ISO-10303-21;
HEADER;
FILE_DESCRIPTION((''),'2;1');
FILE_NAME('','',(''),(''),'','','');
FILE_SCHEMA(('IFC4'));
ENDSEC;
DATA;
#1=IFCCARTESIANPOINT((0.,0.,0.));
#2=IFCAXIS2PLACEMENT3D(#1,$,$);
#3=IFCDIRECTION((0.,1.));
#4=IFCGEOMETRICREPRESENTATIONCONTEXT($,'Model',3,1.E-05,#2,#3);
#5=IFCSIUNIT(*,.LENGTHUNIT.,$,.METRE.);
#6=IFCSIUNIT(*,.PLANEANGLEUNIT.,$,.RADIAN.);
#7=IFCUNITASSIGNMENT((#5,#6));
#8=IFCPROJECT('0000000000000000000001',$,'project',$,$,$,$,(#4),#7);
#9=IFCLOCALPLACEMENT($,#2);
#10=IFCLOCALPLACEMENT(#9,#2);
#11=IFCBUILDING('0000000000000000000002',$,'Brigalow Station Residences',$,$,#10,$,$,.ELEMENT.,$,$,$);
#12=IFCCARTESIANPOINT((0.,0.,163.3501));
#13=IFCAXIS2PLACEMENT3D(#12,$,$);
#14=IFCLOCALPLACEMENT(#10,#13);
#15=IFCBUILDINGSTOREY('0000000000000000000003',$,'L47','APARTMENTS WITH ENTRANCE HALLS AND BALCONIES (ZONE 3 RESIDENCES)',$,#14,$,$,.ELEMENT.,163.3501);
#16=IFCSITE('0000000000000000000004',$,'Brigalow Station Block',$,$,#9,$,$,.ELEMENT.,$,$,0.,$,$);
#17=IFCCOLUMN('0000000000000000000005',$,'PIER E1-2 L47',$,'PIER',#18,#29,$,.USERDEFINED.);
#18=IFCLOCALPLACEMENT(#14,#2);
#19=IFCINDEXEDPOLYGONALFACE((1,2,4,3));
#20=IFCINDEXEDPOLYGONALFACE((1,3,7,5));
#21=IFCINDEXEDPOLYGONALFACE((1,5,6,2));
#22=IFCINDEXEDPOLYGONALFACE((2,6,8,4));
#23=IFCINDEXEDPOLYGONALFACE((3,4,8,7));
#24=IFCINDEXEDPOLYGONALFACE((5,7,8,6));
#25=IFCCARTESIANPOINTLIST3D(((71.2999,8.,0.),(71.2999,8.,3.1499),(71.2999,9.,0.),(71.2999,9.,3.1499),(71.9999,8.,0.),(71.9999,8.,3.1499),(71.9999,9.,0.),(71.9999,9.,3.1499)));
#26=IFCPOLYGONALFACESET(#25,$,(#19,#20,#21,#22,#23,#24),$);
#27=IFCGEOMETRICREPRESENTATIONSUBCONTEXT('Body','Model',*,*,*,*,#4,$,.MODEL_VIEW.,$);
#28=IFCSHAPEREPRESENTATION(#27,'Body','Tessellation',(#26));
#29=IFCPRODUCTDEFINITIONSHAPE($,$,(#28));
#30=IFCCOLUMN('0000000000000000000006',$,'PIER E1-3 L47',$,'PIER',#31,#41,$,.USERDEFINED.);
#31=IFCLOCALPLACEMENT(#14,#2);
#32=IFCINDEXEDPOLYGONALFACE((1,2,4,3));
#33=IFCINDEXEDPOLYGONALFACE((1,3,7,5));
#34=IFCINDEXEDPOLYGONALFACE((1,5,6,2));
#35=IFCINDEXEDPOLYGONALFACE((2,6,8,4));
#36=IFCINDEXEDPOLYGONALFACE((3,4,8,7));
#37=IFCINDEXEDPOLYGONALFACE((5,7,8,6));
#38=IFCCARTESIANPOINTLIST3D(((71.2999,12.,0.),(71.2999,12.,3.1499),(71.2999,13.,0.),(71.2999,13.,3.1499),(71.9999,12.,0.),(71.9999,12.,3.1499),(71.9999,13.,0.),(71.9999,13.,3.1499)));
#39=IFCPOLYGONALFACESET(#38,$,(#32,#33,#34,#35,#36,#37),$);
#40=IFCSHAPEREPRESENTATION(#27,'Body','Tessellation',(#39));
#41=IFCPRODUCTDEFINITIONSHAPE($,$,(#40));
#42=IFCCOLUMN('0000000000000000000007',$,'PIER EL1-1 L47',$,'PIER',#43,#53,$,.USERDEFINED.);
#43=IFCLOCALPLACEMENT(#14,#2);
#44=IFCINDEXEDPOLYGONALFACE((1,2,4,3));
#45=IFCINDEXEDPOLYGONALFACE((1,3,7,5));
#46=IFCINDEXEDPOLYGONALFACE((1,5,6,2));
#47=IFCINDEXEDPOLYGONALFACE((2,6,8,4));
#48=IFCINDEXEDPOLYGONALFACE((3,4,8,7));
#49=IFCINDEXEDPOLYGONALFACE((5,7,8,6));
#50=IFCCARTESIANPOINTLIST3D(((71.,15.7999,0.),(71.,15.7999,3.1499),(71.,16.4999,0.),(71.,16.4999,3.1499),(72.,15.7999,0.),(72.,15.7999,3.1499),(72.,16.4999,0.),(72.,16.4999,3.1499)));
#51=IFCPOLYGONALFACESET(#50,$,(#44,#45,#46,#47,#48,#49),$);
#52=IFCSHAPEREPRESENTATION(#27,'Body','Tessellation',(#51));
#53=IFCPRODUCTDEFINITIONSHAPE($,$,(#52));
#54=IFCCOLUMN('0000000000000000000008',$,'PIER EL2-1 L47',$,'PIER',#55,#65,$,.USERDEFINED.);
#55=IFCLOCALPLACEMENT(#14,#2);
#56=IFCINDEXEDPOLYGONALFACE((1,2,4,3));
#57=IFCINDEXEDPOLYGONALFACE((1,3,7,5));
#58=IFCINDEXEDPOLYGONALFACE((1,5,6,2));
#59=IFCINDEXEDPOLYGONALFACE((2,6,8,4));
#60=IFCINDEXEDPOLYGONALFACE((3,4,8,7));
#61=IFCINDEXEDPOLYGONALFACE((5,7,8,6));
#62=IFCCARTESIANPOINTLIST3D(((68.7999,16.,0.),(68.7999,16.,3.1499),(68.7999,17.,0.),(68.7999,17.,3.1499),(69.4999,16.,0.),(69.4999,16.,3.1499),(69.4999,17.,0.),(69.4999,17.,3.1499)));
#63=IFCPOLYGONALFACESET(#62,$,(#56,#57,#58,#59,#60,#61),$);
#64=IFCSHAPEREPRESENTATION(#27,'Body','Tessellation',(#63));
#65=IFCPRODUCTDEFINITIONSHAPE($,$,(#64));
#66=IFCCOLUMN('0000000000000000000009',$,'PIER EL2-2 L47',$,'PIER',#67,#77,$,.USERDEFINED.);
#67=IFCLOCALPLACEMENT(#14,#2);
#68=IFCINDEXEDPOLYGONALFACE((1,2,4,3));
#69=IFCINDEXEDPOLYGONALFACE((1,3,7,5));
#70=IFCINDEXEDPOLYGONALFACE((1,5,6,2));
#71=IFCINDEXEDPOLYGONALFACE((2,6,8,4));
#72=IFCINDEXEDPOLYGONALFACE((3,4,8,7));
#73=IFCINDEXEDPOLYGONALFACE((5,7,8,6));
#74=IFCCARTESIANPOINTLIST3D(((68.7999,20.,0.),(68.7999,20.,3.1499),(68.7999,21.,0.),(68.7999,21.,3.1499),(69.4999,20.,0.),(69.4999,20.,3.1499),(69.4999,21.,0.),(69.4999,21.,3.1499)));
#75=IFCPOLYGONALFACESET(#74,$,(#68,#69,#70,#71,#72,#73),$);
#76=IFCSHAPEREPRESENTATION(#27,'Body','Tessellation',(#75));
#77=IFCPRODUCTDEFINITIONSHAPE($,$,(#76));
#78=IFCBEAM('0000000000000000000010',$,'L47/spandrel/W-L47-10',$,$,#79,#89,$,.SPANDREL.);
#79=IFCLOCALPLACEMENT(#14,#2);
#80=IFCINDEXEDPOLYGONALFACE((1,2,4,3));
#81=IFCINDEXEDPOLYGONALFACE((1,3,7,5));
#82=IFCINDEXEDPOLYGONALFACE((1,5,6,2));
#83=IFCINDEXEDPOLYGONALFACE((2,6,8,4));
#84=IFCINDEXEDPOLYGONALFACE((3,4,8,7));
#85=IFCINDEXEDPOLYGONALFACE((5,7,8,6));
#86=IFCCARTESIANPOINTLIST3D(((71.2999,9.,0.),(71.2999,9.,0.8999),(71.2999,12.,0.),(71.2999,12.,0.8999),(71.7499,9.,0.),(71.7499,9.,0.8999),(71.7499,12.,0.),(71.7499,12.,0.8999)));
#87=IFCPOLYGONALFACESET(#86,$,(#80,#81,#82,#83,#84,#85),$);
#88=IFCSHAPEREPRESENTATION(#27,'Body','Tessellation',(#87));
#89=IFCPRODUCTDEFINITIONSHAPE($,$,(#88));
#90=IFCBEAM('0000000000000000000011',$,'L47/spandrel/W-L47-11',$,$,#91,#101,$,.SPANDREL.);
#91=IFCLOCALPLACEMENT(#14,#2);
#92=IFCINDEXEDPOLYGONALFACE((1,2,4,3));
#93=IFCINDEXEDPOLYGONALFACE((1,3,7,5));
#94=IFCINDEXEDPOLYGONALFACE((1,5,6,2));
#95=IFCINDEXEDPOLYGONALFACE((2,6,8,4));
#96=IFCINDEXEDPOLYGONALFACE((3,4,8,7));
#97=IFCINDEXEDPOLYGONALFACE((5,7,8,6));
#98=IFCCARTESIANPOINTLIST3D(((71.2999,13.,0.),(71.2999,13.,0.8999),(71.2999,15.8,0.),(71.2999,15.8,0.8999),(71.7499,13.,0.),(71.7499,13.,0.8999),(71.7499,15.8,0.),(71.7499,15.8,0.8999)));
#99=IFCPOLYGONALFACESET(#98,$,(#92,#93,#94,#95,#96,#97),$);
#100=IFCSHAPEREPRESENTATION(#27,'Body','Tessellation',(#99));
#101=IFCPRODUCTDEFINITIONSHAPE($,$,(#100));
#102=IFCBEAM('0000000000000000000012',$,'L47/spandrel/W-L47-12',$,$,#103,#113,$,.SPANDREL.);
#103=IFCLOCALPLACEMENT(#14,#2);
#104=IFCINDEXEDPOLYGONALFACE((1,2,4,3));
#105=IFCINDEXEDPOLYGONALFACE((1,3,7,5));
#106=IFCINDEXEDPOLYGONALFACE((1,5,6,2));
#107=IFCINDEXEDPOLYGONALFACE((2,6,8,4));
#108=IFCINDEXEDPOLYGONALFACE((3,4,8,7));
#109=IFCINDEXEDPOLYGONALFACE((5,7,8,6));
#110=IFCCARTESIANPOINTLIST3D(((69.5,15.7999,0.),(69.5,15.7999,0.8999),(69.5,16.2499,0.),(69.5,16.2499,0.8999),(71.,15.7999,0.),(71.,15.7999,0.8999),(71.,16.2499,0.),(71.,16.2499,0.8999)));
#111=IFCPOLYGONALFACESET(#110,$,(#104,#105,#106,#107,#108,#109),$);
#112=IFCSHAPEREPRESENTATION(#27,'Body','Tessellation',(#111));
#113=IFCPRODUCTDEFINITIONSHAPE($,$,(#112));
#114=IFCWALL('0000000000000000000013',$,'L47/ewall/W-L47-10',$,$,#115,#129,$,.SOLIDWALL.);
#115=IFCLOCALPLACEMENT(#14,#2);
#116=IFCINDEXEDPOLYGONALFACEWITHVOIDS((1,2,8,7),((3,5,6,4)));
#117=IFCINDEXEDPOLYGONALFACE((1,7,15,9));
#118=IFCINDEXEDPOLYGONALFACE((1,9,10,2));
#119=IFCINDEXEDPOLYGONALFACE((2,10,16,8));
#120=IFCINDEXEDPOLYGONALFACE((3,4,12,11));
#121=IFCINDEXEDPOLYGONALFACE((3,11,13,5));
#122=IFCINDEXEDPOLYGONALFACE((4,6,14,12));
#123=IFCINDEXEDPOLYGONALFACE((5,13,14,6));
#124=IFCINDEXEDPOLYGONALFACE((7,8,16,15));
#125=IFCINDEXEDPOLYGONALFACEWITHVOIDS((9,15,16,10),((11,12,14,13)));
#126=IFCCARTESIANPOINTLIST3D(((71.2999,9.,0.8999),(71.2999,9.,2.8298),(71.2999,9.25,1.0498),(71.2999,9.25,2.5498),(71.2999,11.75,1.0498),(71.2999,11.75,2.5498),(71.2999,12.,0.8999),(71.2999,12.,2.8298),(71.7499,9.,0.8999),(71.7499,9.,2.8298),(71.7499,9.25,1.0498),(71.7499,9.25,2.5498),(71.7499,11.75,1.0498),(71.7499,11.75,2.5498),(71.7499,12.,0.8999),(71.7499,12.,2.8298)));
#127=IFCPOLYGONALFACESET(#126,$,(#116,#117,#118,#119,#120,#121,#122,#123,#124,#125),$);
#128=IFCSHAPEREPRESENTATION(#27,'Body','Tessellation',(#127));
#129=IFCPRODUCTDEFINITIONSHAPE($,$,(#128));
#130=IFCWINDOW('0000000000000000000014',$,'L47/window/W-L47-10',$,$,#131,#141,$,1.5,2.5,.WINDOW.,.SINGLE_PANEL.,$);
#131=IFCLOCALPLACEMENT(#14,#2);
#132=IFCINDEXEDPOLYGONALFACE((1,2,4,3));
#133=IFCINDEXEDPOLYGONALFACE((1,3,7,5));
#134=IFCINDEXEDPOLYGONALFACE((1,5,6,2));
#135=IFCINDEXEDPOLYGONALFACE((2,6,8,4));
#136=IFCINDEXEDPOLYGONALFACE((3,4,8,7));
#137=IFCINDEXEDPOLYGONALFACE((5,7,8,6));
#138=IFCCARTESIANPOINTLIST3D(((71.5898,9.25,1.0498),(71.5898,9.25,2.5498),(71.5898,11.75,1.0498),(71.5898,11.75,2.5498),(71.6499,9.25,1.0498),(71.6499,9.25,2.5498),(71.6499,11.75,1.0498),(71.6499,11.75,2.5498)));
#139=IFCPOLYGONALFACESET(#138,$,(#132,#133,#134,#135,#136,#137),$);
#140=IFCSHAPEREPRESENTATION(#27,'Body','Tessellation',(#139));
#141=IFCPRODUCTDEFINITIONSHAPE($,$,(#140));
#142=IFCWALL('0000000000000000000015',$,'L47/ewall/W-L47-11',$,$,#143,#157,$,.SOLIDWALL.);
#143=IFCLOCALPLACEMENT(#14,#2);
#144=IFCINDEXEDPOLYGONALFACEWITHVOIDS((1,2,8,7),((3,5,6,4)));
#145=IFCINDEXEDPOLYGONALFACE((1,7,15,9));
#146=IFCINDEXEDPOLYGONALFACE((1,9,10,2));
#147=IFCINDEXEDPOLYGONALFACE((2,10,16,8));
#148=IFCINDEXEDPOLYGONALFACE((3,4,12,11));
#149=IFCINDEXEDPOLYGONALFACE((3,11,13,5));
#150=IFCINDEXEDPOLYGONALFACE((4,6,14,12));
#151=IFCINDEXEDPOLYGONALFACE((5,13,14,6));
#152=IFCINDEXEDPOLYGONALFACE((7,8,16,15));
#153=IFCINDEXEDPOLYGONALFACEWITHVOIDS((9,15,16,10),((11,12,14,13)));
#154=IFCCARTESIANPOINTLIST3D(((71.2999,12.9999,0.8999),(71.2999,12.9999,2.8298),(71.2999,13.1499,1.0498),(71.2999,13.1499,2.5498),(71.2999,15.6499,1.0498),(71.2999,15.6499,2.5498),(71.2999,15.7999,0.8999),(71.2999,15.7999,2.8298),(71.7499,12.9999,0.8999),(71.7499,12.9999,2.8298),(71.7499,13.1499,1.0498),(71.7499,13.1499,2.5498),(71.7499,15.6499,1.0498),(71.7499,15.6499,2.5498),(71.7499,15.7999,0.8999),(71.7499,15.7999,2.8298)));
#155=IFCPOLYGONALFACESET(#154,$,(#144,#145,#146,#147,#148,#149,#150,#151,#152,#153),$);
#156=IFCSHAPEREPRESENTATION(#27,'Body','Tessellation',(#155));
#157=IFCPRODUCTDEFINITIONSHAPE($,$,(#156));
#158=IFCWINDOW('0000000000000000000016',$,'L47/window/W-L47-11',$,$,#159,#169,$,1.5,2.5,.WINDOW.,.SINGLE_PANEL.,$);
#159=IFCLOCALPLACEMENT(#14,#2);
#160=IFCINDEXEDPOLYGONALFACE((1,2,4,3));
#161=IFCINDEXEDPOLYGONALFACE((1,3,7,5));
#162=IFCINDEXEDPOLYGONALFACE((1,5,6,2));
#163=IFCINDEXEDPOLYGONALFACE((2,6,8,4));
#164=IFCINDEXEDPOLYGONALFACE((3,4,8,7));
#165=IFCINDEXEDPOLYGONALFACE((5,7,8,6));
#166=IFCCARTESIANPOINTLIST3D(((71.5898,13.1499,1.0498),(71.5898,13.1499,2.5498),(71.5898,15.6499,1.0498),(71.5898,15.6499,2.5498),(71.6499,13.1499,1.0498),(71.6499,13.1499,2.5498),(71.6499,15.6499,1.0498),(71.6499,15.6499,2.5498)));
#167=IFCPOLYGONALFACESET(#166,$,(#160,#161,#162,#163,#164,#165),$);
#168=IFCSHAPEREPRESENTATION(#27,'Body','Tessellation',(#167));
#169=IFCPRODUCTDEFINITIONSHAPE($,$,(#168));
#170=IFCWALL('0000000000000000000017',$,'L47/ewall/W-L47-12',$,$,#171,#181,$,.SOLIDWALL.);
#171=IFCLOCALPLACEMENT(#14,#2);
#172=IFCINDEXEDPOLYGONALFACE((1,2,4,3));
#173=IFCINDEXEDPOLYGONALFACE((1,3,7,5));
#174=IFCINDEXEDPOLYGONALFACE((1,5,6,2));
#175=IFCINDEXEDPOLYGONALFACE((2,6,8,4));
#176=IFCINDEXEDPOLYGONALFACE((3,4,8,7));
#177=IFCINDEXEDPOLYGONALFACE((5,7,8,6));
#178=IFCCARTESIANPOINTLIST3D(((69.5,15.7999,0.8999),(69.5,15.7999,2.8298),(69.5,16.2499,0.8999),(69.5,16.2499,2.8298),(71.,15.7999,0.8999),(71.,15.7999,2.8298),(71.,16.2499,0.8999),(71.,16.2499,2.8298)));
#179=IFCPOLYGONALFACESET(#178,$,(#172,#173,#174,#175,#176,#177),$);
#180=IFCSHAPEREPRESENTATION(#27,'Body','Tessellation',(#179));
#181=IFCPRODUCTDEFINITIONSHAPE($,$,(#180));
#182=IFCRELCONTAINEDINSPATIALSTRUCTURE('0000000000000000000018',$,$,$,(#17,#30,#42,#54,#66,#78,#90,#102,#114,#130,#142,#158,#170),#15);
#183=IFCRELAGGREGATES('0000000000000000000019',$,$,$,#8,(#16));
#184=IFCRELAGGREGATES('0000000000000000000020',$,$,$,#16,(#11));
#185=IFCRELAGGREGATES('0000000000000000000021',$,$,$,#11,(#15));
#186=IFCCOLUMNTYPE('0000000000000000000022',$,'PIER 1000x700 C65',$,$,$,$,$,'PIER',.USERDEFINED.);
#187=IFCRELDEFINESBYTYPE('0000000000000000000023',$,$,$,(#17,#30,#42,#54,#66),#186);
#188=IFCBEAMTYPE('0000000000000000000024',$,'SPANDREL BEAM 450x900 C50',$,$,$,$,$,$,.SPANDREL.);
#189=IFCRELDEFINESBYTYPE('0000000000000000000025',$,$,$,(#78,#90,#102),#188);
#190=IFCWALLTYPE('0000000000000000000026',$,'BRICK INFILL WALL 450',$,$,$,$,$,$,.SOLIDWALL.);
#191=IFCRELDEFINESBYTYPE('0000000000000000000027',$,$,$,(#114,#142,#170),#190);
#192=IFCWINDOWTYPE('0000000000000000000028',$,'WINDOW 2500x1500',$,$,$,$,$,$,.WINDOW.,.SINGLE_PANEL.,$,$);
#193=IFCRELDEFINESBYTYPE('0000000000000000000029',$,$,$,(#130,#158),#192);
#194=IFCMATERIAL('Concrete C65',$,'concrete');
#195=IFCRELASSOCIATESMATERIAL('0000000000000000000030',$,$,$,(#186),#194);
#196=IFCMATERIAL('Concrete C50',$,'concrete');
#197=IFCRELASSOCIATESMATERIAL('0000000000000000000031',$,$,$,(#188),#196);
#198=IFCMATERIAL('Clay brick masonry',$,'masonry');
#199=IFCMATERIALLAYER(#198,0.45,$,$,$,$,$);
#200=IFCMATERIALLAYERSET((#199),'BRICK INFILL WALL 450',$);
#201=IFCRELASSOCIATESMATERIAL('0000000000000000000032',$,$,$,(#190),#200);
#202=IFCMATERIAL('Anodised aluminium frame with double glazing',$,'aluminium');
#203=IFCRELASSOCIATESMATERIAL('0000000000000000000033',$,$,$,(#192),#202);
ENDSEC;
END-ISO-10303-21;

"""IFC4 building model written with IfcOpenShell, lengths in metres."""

from ifc_helpers import new_model, si_unit, direction, frame, frame_2d, origin, origin_2d, place, context, subcontext, project, spatial, rectangle, extrude, material, layer, layer_set, material_profile, profile_set, type_object, element, fill, save


model = new_model("IFC4")

# Units and contexts
model_context = context("Model", 3, precision=1e-05, world=origin(), true_north=direction((0.0, 1.0)))
body_context = subcontext(model_context, "Body", "Model", "MODEL_VIEW")
ifc_project = project(units=[si_unit("LENGTHUNIT", "METRE"), si_unit("PLANEANGLEUNIT", "RADIAN")], contexts=[model_context])

# Site, building, storey
site_placement = place(None, origin())
site = spatial("IfcSite", under=ifc_project, at=site_placement, Name="Brigalow Station Block", CompositionType="ELEMENT", RefElevation=0.0)
building_placement = place(site_placement, origin())
building = spatial("IfcBuilding", under=site, at=building_placement, Name="Brigalow Station Residences", CompositionType="ELEMENT")
storey_placement = place(building_placement, frame((0.0, 0.0, 163.3501)))
storey = spatial("IfcBuildingStorey", under=building, at=storey_placement, Name="L47", Description="APARTMENTS WITH ENTRANCE HALLS AND BALCONIES (ZONE 3 RESIDENCES)", CompositionType="ELEMENT", Elevation=163.3501)

# Columns
ifc_material_1 = material(Name="Concrete C65", Category="concrete")
ifc_material_profile_1 = material_profile(ifc_material_1, rectangle(XDim=1.0, YDim=0.7, at=origin_2d()), Name="RC1000x700")
ifc_profile_set_1 = profile_set([ifc_material_profile_1], Name="Concrete C65")
column_type = type_object("IfcColumnType", Name="PIER 1000x700 C65", ElementType="PIER", PredefinedType="USERDEFINED", material=ifc_profile_set_1)
for number, where, z_axis, x_axis, name in (
    (1, (71.6499, 8.5, 0.0), (0.0, 0.0, 1.0), (0.0, 1.0, 0.0), "PIER E1-2 L47"),
    (2, (71.6499, 12.5, 0.0), (0.0, 0.0, 1.0), (0.0, 1.0, 0.0), "PIER E1-3 L47"),
    (3, (71.5, 16.1499, 0.0), (0.0, 0.0, 1.0), (-1.0, 0.0, 0.0), "PIER EL1-1 L47"),
    (4, (69.1499, 16.5, 0.0), (0.0, 0.0, 1.0), (0.0, 1.0, 0.0), "PIER EL2-1 L47"),
    (5, (69.1499, 20.5, 0.0), (0.0, 0.0, 1.0), (0.0, 1.0, 0.0), "PIER EL2-2 L47"),
):
    element("IfcColumn", number, at=place(storey_placement, frame(where, z_axis=z_axis, x_axis=x_axis)), inside=storey, type_object=column_type, Name=name, ObjectType="PIER", PredefinedType="USERDEFINED", context=body_context, shape_type="SweptSolid", body=[
        extrude(rectangle(XDim=1.0, YDim=0.7, at=origin_2d()), origin(), (0.0, 0.0, 1.0), 3.1499),
    ])

# Beams
ifc_material_2 = material(Name="Concrete C50", Category="concrete")
ifc_material_profile_2 = material_profile(ifc_material_2, rectangle(XDim=0.45, YDim=0.8999, at=origin_2d()), Name="RC450x900")
ifc_profile_set_2 = profile_set([ifc_material_profile_2], Name="Concrete C50")
beam_type = type_object("IfcBeamType", Name="SPANDREL BEAM 450x900 C50", PredefinedType="SPANDREL", material=ifc_profile_set_2)
beam_1_placement = place(storey_placement, frame((71.5249, 9.0, 0.45), z_axis=(0.0, 1.0, 0.0), x_axis=(-1.0, 0.0, 0.0)))
element("IfcBeam", 6, at=beam_1_placement, inside=storey, type_object=beam_type, Name="L47/spandrel/W-L47-10", PredefinedType="SPANDREL", context=body_context, shape_type="SweptSolid", body=[
    extrude(rectangle(XDim=0.45, YDim=0.8999, at=origin_2d()), origin(), (0.0, 0.0, 1.0), 3.0),
])
beam_2_placement = place(storey_placement, frame((71.5249, 13.0, 0.45), z_axis=(0.0, 1.0, 0.0), x_axis=(-1.0, 0.0, 0.0)))
element("IfcBeam", 7, at=beam_2_placement, inside=storey, type_object=beam_type, Name="L47/spandrel/W-L47-11", PredefinedType="SPANDREL", context=body_context, shape_type="SweptSolid", body=[
    extrude(rectangle(XDim=0.45, YDim=0.8999, at=origin_2d()), origin(), (0.0, 0.0, 1.0), 2.8),
])
beam_3_placement = place(storey_placement, frame((71.0, 16.0249, 0.45), z_axis=(-1.0, 0.0, 0.0), x_axis=(0.0, -1.0, 0.0)))
element("IfcBeam", 8, at=beam_3_placement, inside=storey, type_object=beam_type, Name="L47/spandrel/W-L47-12", PredefinedType="SPANDREL", context=body_context, shape_type="SweptSolid", body=[
    extrude(rectangle(XDim=0.45, YDim=0.8999, at=origin_2d()), origin(), (0.0, 0.0, 1.0), 1.5),
])

# Walls, openings, windows
ifc_material_3 = material(Name="Clay brick masonry", Category="masonry")
ifc_layer = layer(ifc_material_3, 0.45)
ifc_layer_set = layer_set([ifc_layer], Name="BRICK INFILL WALL 450")
wall_type = type_object("IfcWallType", Name="BRICK INFILL WALL 450", PredefinedType="SOLIDWALL", material=ifc_layer_set)
wall_1_placement = place(storey_placement, frame((71.5249, 9.0, 0.8999), z_axis=(0.0, 0.0, 1.0), x_axis=(0.0, 1.0, 0.0)))
wall_1 = element("IfcWall", 9, at=wall_1_placement, inside=storey, type_object=wall_type, Name="L47/ewall/W-L47-10", PredefinedType="SOLIDWALL", context=body_context, shape_type="SweptSolid", body=[
    extrude(rectangle(XDim=3.0, YDim=0.45, at=frame_2d((1.5, 0.0))), origin(), (0.0, 0.0, 1.0), 1.9299),
])
opening_1_placement = place(wall_1_placement, frame((0.25, 0.0, 0.1499)))
opening_1 = element("IfcOpeningElement", 10, at=opening_1_placement, cuts=wall_1, PredefinedType="OPENING", context=body_context, shape_type="SweptSolid", body=[
    extrude(rectangle(XDim=2.5, YDim=1.5, at=frame_2d((1.25, 0.75))), frame((0.0, 0.2349, 0.0), z_axis=(0.0, -1.0, 0.0), x_axis=(1.0, 0.0, 0.0)), (0.0, 0.0, 1.0), 0.47),
])
ifc_material_4 = material(Name="Anodised aluminium frame with double glazing", Category="aluminium")
window_type = type_object("IfcWindowType", Name="WINDOW 2500x1500", PartitioningType="SINGLE_PANEL", PredefinedType="WINDOW", material=ifc_material_4)
window_1_placement = place(opening_1_placement, origin())
window_1 = element("IfcWindow", 11, at=window_1_placement, inside=storey, type_object=window_type, Name="L47/window/W-L47-10", OverallHeight=1.5, OverallWidth=2.5, PartitioningType="SINGLE_PANEL", PredefinedType="WINDOW", context=body_context, shape_type="SweptSolid", body=[
    extrude(rectangle(XDim=2.5, YDim=1.5, at=frame_2d((1.25, 0.75))), frame((0.0, -0.0649, 0.0), z_axis=(0.0, -1.0, 0.0), x_axis=(1.0, 0.0, 0.0)), (0.0, 0.0, 1.0), 0.0601),
])
fill(opening_1, window_1)
wall_2_placement = place(storey_placement, frame((71.5249, 13.0, 0.8999), z_axis=(0.0, 0.0, 1.0), x_axis=(0.0, 1.0, 0.0)))
wall_2 = element("IfcWall", 12, at=wall_2_placement, inside=storey, type_object=wall_type, Name="L47/ewall/W-L47-11", PredefinedType="SOLIDWALL", context=body_context, shape_type="SweptSolid", body=[
    extrude(rectangle(XDim=2.8, YDim=0.45, at=frame_2d((1.3999, 0.0))), origin(), (0.0, 0.0, 1.0), 1.9299),
])
opening_2_placement = place(wall_2_placement, frame((0.1499, 0.0, 0.1499)))
opening_2 = element("IfcOpeningElement", 13, at=opening_2_placement, cuts=wall_2, PredefinedType="OPENING", context=body_context, shape_type="SweptSolid", body=[
    extrude(rectangle(XDim=2.5, YDim=1.5, at=frame_2d((1.25, 0.75))), frame((0.0, 0.2349, 0.0), z_axis=(0.0, -1.0, 0.0), x_axis=(1.0, 0.0, 0.0)), (0.0, 0.0, 1.0), 0.47),
])
window_2_placement = place(opening_2_placement, origin())
window_2 = element("IfcWindow", 14, at=window_2_placement, inside=storey, type_object=window_type, Name="L47/window/W-L47-11", OverallHeight=1.5, OverallWidth=2.5, PartitioningType="SINGLE_PANEL", PredefinedType="WINDOW", context=body_context, shape_type="SweptSolid", body=[
    extrude(rectangle(XDim=2.5, YDim=1.5, at=frame_2d((1.25, 0.75))), frame((0.0, -0.0649, 0.0), z_axis=(0.0, -1.0, 0.0), x_axis=(1.0, 0.0, 0.0)), (0.0, 0.0, 1.0), 0.0601),
])
fill(opening_2, window_2)

# Wall
wall_3_placement = place(storey_placement, frame((71.0, 16.0249, 0.8999), z_axis=(0.0, 0.0, 1.0), x_axis=(-1.0, 0.0, 0.0)))
element("IfcWall", 15, at=wall_3_placement, inside=storey, type_object=wall_type, Name="L47/ewall/W-L47-12", PredefinedType="SOLIDWALL", context=body_context, shape_type="SweptSolid", body=[
    extrude(rectangle(XDim=1.5, YDim=0.45, at=frame_2d((0.75, 0.0))), origin(), (0.0, 0.0, 1.0), 1.9299),
])

save(model, "model.ifc")
